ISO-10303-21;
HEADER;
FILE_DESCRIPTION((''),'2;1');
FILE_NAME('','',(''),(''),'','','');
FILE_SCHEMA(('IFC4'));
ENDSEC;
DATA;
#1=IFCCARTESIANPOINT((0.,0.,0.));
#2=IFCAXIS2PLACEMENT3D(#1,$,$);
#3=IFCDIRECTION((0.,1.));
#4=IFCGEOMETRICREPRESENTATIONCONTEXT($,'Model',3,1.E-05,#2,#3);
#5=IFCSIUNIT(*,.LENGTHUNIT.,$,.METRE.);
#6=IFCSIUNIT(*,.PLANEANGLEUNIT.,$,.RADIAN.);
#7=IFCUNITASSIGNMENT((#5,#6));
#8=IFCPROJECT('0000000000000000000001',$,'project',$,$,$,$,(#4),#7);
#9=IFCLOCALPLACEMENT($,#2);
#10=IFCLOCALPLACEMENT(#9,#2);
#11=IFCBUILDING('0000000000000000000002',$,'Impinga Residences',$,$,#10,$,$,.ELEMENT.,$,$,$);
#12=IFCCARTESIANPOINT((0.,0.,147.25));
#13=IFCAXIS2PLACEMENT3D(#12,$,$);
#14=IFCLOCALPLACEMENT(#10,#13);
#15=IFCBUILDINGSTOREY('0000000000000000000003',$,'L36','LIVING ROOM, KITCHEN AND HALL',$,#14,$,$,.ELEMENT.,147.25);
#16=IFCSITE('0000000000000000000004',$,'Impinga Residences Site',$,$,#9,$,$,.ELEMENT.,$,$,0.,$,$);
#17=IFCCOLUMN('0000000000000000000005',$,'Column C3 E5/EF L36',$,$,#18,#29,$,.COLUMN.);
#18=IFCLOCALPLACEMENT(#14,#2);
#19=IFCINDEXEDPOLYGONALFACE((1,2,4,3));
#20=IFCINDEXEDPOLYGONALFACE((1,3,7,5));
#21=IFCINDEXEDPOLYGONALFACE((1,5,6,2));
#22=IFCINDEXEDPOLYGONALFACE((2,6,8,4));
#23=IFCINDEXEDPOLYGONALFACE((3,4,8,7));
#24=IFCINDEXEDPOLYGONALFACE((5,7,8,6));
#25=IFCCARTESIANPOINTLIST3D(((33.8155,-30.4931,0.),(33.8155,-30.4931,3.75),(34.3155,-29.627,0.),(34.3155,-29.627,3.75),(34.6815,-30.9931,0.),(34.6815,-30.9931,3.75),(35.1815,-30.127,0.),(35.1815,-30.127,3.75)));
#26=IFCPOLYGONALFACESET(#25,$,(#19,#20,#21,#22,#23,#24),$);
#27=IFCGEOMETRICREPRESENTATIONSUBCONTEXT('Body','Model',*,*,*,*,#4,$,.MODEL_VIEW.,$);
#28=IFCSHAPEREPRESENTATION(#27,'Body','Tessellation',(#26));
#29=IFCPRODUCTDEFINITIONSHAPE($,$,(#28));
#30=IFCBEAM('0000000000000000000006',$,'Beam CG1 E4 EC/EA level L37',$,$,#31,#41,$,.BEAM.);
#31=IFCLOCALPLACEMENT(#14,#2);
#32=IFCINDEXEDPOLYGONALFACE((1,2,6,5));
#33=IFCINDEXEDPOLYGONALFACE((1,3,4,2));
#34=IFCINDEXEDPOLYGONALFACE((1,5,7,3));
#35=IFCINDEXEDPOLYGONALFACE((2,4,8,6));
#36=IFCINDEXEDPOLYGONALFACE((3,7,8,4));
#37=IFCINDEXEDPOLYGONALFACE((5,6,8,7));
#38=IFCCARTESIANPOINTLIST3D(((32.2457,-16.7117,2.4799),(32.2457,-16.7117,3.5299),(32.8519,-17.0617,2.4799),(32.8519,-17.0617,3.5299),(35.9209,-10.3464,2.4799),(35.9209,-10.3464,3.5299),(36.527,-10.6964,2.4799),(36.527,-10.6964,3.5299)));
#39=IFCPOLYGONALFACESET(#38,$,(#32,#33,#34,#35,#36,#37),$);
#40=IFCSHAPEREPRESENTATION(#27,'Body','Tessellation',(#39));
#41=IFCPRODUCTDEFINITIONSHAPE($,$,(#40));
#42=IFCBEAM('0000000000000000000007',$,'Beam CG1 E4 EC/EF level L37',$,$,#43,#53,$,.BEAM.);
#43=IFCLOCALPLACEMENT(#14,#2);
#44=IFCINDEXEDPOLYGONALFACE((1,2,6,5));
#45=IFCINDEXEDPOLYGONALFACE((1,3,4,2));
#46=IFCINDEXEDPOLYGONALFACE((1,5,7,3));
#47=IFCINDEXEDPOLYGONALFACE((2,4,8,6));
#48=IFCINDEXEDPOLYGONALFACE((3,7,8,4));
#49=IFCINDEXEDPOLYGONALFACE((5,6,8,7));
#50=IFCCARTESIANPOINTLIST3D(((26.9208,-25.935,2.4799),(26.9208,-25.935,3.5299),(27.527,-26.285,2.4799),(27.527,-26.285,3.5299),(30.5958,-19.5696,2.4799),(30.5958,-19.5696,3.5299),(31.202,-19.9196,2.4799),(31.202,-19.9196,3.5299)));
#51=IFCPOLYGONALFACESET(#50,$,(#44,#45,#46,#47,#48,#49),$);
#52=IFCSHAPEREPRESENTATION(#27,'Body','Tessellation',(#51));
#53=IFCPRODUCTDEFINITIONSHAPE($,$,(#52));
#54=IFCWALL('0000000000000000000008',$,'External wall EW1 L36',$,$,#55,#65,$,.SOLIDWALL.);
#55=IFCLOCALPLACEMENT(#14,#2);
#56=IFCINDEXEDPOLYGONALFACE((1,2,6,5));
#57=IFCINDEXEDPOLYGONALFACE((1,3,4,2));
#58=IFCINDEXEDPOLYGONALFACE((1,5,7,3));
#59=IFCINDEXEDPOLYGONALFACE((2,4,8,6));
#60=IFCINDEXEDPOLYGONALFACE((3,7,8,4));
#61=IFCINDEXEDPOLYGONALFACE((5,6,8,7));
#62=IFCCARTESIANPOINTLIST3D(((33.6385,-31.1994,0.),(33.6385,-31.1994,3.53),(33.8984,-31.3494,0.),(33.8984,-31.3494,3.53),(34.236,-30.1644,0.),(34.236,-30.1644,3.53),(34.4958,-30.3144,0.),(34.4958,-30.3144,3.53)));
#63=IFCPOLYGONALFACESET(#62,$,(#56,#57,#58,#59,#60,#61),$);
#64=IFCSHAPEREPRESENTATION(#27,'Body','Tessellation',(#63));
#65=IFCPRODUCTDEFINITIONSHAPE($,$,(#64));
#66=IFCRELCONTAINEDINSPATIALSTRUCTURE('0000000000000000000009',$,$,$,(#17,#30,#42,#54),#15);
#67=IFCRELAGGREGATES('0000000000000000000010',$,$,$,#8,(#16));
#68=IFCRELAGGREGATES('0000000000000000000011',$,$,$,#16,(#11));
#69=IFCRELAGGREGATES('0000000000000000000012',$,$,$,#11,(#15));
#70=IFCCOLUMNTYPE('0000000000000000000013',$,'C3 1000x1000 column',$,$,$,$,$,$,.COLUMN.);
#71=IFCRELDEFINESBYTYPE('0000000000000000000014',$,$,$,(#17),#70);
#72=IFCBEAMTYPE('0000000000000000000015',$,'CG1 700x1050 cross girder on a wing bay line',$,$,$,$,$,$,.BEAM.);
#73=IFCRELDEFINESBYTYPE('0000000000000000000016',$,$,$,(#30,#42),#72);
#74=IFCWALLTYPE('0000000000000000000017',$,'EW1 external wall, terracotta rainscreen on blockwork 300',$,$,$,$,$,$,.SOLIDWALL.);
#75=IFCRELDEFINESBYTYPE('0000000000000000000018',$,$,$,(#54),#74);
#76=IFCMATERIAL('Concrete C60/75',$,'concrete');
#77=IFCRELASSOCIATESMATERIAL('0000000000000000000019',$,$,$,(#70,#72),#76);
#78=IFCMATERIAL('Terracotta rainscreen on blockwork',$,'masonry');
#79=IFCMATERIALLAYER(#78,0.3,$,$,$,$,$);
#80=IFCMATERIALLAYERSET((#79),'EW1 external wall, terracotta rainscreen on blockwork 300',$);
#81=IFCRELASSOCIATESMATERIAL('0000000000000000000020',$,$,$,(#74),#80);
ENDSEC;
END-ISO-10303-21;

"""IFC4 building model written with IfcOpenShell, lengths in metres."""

from ifc_helpers import new_model, si_unit, direction, frame, frame_2d, origin, origin_2d, place, context, subcontext, project, spatial, rectangle, extrude, material, layer, layer_set, material_profile, profile_set, type_object, element, save


model = new_model("IFC4")

# Units and contexts
model_context = context("Model", 3, precision=1e-05, world=origin(), true_north=direction((0.0, 1.0)))
body_context = subcontext(model_context, "Body", "Model", "MODEL_VIEW")
ifc_project = project(units=[si_unit("LENGTHUNIT", "METRE"), si_unit("PLANEANGLEUNIT", "RADIAN")], contexts=[model_context])

# Site, building, storey
site_placement = place(None, origin())
site = spatial("IfcSite", under=ifc_project, at=site_placement, Name="Impinga Residences Site", CompositionType="ELEMENT", RefElevation=0.0)
building_placement = place(site_placement, origin())
building = spatial("IfcBuilding", under=site, at=building_placement, Name="Impinga Residences", CompositionType="ELEMENT")
storey_placement = place(building_placement, frame((0.0, 0.0, 147.25)))
storey = spatial("IfcBuildingStorey", under=building, at=storey_placement, Name="L36", Description="LIVING ROOM, KITCHEN AND HALL", CompositionType="ELEMENT", Elevation=147.25)

# Column
ifc_material_1 = material(Name="Concrete C60/75", Category="concrete")
ifc_material_profile_1 = material_profile(ifc_material_1, rectangle(XDim=1.0, YDim=1.0, at=origin_2d()), Name="RC 1000x1000")
ifc_profile_set_1 = profile_set([ifc_material_profile_1], Name="Concrete C60/75")
column_type = type_object("IfcColumnType", Name="C3 1000x1000 column", PredefinedType="COLUMN", material=ifc_profile_set_1)
column_placement = place(storey_placement, frame((34.4985, -30.3101, 0.0), z_axis=(0.0, 0.0, 1.0), x_axis=(-0.5, -0.866025, 0.0)))
element("IfcColumn", 1, at=column_placement, inside=storey, type_object=column_type, Name="Column C3 E5/EF L36", PredefinedType="COLUMN", context=body_context, shape_type="SweptSolid", body=[
    extrude(rectangle(XDim=1.0, YDim=1.0, at=origin_2d()), origin(), (0.0, 0.0, 1.0), 3.75),
])

# Beams
ifc_material_profile_2 = material_profile(ifc_material_1, rectangle(XDim=0.7, YDim=1.05, at=origin_2d()), Name="RC 700x1050")
ifc_profile_set_2 = profile_set([ifc_material_profile_2], Name="Concrete C60/75")
beam_type = type_object("IfcBeamType", Name="CG1 700x1050 cross girder on a wing bay line", PredefinedType="BEAM", material=ifc_profile_set_2)
for number, where, z_axis, x_axis, name in (
    (2, (32.5488, -16.8867, 3.0049), (0.500008, 0.866021, 0.0), (-0.866021, 0.500008, 0.0), "Beam CG1 E4 EC/EA level L37"),
    (3, (30.8989, -19.7446, 3.0049), (-0.499994, -0.866029, 0.0), (0.866029, -0.499994, 0.0), "Beam CG1 E4 EC/EF level L37"),
):
    element("IfcBeam", number, at=place(storey_placement, frame(where, z_axis=z_axis, x_axis=x_axis)), inside=storey, type_object=beam_type, Name=name, PredefinedType="BEAM", context=body_context, shape_type="SweptSolid", body=[
        extrude(rectangle(XDim=0.7, YDim=1.05, at=origin_2d()), origin(), (0.0, 0.0, 1.0), 7.3501),
    ])

# Wall
ifc_material_2 = material(Name="Terracotta rainscreen on blockwork", Category="masonry")
ifc_layer_1 = layer(ifc_material_2, 0.3)
ifc_layer_set_1 = layer_set([ifc_layer_1], Name="EW1 external wall, terracotta rainscreen on blockwork 300")
wall_type_1 = type_object("IfcWallType", Name="EW1 external wall, terracotta rainscreen on blockwork 300", PredefinedType="SOLIDWALL", material=ifc_layer_set_1)
wall_1_placement = place(storey_placement, frame((34.366, -30.2393, 0.0), z_axis=(0.0, 0.0, 1.0), x_axis=(-0.499941, -0.86606, 0.0)))
element("IfcWall", 4, at=wall_1_placement, inside=storey, type_object=wall_type_1, Name="External wall EW1 L36", PredefinedType="SOLIDWALL", context=body_context, shape_type="SweptSolid", body=[
    extrude(rectangle(XDim=1.1951, YDim=0.3, at=frame_2d((0.5977, 0.0))), origin(), (0.0, 0.0, 1.0), 3.53),
])

save(model, "model.ifc")
